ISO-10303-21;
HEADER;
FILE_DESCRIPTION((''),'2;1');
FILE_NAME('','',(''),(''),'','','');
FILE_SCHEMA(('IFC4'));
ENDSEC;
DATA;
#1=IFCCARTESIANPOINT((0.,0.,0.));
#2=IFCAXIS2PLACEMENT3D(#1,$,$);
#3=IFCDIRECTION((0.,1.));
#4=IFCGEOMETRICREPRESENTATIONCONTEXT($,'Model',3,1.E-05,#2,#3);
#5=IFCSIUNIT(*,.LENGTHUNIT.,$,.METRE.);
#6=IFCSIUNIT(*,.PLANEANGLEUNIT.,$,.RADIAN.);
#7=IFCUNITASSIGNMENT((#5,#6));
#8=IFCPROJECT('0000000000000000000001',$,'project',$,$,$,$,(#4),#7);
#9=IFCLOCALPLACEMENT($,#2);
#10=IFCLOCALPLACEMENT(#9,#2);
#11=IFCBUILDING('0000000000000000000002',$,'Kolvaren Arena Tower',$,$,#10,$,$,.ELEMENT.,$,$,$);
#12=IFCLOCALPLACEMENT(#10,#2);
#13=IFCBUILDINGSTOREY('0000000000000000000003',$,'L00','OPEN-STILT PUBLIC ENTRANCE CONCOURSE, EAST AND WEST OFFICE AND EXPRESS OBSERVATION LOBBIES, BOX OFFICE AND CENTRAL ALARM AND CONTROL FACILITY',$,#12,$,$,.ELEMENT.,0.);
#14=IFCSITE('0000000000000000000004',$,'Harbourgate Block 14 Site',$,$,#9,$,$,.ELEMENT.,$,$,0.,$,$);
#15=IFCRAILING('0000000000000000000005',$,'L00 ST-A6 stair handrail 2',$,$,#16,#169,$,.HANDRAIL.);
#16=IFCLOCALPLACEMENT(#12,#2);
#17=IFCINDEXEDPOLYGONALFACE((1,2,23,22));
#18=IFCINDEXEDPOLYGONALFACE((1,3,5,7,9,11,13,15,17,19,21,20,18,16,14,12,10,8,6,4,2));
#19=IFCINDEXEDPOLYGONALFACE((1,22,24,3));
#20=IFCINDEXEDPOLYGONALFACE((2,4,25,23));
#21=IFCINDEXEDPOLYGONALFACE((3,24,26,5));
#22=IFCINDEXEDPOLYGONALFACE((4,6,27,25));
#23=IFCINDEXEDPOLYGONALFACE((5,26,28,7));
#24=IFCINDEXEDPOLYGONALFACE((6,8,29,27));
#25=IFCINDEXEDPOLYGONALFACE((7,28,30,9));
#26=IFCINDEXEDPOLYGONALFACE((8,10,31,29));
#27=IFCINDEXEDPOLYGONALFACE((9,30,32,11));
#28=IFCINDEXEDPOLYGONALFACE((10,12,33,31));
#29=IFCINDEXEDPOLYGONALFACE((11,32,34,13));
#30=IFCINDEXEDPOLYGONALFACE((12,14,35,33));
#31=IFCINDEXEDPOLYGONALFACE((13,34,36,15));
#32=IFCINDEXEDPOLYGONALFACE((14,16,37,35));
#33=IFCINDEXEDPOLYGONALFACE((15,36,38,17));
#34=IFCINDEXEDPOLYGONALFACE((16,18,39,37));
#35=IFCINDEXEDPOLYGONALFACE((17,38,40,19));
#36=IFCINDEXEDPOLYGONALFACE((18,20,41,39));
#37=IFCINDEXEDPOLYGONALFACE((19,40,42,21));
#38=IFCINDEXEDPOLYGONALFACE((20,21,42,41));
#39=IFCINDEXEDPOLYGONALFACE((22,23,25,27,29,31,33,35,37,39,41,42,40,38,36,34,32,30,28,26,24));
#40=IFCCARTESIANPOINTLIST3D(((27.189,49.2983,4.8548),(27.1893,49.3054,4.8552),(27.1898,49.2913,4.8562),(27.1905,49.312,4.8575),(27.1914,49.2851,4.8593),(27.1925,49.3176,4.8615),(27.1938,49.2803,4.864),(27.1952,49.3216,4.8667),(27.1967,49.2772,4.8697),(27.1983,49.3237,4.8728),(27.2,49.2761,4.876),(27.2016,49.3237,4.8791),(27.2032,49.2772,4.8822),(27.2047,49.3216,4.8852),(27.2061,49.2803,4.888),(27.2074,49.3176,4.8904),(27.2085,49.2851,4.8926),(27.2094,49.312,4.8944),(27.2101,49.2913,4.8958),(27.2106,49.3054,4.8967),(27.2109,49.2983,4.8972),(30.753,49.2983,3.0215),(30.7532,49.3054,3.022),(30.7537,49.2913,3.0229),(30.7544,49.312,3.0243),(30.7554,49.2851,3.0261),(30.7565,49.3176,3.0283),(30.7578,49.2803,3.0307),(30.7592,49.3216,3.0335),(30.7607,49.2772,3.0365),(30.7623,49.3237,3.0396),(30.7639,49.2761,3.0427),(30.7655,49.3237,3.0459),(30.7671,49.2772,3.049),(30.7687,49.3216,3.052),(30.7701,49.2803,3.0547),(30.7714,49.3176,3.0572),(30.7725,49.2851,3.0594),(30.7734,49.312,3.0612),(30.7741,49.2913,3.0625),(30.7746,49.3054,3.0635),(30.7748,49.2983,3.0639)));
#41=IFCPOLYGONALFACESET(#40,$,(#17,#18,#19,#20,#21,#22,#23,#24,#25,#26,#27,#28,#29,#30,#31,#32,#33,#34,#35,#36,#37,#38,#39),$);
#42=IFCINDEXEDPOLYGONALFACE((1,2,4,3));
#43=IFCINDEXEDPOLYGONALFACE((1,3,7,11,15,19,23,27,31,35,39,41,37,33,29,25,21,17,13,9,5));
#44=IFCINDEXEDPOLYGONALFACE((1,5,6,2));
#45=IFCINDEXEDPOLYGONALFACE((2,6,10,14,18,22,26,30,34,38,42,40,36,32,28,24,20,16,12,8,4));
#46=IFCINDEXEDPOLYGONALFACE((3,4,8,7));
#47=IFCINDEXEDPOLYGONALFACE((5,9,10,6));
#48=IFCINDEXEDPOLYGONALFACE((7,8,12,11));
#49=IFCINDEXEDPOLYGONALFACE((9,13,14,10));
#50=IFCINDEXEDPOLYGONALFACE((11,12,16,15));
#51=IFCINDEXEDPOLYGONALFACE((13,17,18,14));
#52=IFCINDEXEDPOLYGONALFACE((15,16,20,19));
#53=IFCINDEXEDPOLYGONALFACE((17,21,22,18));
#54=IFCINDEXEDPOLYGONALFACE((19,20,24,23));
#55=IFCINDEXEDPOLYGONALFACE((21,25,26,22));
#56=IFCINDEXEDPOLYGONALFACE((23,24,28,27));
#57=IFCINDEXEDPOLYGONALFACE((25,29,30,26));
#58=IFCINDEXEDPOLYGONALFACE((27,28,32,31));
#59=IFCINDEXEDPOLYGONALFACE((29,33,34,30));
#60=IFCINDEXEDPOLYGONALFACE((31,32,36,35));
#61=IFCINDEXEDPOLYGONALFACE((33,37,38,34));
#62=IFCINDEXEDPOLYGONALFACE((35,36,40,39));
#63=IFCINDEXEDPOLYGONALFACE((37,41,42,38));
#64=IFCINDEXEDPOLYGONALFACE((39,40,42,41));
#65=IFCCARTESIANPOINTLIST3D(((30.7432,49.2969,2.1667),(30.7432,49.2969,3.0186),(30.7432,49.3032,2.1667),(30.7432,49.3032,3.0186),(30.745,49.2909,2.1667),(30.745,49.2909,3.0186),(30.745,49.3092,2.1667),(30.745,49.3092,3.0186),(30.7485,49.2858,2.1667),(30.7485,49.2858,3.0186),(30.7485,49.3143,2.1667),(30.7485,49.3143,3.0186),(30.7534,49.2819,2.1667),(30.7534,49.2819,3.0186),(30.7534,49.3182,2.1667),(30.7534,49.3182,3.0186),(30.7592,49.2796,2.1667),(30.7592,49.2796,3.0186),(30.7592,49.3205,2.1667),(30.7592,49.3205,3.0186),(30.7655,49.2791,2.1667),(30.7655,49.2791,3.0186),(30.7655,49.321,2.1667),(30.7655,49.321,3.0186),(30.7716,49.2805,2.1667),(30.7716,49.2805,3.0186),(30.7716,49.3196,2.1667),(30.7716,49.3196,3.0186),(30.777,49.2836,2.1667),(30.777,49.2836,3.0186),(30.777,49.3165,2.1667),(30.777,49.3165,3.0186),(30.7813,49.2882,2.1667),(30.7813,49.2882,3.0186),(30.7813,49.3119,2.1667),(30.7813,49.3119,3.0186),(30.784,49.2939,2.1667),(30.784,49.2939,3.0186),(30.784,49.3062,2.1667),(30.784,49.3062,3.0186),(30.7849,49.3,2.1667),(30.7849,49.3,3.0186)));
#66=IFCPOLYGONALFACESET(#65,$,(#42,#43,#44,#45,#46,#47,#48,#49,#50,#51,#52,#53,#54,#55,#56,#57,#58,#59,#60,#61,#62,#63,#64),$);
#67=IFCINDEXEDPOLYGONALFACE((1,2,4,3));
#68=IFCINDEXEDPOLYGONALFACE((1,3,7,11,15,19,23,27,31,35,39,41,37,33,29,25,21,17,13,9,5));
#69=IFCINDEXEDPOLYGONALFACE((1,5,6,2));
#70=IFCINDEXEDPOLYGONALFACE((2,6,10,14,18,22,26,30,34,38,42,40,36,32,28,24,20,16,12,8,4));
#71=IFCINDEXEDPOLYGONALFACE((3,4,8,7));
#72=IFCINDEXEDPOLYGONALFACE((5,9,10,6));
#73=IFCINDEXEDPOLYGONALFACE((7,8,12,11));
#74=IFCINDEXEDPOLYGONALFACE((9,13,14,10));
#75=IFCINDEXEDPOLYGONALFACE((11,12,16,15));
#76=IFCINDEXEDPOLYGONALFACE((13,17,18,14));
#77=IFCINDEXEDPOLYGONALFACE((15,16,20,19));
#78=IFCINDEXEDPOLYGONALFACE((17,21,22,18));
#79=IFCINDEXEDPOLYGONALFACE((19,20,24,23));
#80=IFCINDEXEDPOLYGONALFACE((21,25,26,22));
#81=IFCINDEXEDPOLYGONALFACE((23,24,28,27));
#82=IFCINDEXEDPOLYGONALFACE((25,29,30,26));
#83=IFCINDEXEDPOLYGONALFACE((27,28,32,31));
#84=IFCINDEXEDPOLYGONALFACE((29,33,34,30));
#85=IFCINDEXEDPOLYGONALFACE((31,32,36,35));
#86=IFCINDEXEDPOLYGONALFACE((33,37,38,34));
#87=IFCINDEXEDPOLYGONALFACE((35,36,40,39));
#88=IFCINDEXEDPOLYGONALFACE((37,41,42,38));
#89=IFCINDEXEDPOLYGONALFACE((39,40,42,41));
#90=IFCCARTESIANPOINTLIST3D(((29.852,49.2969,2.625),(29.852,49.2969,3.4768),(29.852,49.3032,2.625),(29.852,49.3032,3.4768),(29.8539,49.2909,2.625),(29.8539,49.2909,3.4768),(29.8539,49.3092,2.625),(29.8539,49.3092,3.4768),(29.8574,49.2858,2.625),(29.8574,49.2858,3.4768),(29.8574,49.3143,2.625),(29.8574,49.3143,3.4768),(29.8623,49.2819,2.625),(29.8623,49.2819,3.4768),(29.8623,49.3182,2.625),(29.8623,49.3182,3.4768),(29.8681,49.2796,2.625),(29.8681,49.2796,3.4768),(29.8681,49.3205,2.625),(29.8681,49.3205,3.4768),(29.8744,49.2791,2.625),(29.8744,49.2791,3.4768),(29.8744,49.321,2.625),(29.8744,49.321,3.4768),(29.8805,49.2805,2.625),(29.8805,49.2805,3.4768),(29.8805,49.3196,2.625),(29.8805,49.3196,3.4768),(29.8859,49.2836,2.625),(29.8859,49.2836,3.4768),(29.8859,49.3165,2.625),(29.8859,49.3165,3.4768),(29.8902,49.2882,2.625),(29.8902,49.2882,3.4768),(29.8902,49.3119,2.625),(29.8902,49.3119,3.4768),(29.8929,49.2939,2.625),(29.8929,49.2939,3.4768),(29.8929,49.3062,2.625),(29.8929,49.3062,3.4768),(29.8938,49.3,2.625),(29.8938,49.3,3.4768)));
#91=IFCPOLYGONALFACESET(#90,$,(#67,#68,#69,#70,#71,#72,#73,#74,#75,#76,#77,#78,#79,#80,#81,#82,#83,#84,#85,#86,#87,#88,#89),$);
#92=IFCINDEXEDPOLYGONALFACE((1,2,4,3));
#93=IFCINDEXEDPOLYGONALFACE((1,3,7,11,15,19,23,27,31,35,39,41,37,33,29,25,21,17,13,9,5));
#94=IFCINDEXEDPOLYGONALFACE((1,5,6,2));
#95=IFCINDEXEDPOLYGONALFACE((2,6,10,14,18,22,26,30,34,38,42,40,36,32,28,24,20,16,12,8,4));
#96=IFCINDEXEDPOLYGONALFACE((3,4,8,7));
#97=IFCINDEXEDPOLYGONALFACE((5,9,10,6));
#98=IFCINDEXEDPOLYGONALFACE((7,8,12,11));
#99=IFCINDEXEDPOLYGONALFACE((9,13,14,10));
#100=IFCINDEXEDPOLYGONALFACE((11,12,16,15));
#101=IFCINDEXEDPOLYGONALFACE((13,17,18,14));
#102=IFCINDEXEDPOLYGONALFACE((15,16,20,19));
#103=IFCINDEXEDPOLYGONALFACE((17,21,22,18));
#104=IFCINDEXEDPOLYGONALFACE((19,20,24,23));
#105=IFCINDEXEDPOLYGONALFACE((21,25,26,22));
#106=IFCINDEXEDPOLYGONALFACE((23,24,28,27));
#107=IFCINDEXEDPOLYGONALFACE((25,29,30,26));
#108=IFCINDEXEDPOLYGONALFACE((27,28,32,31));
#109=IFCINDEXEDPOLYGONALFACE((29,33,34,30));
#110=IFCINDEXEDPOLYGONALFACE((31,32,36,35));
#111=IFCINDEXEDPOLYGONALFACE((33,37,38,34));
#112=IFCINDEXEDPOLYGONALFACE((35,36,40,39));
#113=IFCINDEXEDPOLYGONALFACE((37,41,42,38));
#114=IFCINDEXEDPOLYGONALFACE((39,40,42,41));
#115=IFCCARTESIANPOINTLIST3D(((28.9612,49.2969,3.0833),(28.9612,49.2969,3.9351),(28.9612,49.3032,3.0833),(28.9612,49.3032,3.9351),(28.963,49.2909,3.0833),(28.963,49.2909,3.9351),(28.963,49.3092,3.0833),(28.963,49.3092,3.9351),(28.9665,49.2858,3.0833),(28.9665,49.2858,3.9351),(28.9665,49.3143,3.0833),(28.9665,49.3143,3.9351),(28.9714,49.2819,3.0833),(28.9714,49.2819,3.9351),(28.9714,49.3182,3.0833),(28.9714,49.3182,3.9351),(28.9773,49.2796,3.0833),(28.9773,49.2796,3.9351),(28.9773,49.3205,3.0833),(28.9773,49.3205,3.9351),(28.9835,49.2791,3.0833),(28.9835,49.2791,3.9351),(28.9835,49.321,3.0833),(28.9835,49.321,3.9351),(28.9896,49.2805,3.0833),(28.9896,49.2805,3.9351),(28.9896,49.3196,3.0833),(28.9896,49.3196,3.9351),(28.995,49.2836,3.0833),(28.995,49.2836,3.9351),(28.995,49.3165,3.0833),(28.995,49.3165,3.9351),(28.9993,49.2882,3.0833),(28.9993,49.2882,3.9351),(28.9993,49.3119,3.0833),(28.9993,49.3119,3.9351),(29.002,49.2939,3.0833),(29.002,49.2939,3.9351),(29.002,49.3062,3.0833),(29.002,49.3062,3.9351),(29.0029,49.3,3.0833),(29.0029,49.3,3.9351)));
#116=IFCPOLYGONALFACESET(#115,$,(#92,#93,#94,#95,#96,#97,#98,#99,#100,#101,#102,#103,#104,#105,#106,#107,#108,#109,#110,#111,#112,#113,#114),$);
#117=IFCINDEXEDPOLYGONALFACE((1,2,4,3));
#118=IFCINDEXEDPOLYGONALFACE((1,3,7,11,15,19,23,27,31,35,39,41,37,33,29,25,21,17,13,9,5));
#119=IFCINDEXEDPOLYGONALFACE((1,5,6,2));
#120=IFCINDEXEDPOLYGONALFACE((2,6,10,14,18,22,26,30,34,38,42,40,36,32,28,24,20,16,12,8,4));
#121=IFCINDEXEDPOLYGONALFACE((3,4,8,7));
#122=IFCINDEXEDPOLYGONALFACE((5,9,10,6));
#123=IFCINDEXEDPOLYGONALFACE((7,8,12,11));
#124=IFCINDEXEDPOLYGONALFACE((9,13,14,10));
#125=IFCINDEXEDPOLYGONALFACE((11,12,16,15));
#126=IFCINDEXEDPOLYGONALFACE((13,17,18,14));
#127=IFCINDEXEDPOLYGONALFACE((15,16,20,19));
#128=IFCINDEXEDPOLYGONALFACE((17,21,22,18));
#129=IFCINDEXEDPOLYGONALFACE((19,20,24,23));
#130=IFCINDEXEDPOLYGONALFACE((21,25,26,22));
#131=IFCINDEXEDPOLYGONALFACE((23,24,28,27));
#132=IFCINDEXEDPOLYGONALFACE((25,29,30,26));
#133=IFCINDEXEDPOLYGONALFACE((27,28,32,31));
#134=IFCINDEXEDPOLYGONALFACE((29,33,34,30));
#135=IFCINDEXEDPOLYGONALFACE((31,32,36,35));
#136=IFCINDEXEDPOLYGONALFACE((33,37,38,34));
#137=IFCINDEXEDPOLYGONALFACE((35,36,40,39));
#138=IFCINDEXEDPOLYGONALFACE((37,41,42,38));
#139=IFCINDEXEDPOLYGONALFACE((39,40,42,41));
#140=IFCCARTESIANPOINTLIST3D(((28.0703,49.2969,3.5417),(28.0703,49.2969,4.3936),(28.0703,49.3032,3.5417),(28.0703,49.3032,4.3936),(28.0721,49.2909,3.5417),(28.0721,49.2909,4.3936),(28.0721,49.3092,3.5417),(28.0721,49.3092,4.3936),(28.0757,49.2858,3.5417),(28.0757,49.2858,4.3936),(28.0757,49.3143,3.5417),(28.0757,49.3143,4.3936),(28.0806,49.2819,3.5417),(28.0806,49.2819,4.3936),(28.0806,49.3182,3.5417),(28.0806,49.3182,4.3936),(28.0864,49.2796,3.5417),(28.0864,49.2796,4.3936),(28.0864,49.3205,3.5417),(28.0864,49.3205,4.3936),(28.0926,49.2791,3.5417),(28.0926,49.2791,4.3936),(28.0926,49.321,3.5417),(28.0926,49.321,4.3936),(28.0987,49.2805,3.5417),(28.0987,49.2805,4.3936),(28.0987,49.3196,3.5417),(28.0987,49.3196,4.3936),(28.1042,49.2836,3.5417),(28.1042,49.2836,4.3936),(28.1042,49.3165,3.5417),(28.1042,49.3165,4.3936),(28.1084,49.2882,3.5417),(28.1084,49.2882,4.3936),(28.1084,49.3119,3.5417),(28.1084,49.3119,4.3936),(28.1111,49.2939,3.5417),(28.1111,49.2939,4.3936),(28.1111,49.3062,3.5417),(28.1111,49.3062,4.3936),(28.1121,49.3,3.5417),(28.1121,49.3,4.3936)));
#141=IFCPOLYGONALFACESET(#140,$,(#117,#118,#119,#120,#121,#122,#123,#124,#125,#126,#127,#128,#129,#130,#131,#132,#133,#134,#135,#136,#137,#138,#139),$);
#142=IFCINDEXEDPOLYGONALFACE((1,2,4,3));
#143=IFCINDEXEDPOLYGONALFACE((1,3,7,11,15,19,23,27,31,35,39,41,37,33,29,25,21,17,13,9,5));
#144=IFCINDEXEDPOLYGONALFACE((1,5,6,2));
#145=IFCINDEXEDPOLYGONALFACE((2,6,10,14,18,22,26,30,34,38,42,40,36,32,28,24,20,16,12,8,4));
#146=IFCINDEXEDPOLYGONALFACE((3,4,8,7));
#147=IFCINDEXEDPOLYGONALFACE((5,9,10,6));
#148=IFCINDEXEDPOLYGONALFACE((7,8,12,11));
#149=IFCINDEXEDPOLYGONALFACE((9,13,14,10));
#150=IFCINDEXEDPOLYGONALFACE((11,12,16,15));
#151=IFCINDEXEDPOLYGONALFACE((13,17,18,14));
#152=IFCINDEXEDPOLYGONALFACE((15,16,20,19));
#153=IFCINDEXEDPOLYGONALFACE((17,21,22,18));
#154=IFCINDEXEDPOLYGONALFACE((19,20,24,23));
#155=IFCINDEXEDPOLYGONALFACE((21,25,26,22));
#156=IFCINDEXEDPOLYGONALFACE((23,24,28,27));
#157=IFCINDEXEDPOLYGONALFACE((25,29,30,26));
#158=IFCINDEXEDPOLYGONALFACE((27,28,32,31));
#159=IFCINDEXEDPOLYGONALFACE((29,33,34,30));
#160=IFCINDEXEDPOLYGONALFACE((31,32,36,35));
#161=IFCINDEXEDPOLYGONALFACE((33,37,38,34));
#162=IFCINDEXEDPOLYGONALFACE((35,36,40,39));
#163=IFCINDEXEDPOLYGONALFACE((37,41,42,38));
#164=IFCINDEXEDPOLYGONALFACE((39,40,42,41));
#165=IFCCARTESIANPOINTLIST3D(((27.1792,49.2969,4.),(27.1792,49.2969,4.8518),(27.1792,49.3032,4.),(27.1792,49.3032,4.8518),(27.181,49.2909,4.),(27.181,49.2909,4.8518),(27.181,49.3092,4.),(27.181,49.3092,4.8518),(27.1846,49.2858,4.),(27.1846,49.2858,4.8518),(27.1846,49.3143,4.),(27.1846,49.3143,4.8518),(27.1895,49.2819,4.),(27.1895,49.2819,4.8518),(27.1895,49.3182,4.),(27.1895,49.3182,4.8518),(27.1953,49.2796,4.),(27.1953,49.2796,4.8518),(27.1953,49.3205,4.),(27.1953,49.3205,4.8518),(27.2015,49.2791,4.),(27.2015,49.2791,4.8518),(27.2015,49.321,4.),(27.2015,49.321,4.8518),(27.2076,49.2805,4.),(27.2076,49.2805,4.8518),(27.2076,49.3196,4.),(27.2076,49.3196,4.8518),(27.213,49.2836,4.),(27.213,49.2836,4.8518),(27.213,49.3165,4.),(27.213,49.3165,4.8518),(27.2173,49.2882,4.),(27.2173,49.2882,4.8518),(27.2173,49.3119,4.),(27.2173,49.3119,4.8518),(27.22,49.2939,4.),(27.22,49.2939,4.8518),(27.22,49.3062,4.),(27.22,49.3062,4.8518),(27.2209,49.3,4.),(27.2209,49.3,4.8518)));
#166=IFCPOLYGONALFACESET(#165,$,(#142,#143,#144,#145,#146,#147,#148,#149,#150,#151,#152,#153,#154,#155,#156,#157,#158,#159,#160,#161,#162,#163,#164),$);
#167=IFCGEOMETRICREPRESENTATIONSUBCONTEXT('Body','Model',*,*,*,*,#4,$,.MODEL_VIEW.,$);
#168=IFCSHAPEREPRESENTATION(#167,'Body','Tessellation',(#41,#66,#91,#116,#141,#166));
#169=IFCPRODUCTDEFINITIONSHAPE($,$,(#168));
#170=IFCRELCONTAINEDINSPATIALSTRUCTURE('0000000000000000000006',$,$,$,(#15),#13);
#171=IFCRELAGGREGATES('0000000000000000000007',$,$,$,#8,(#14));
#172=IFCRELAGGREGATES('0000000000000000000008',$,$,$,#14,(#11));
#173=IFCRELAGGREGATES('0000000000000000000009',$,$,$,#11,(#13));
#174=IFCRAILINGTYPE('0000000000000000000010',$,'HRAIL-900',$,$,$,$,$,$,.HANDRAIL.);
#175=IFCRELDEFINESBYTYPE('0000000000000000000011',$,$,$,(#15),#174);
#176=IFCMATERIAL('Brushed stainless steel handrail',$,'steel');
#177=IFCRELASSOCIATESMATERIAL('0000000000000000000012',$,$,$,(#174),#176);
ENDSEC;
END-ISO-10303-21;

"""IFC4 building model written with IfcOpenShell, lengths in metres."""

from ifc_helpers import new_model, si_unit, direction, frame, origin, origin_2d, place, context, subcontext, project, spatial, circle, extrude, material, type_object, element, save


model = new_model("IFC4")

# Units and contexts
model_context = context("Model", 3, precision=1e-05, world=origin(), true_north=direction((0.0, 1.0)))
body_context = subcontext(model_context, "Body", "Model", "MODEL_VIEW")
ifc_project = project(units=[si_unit("LENGTHUNIT", "METRE"), si_unit("PLANEANGLEUNIT", "RADIAN")], contexts=[model_context])

# Site, building, storey
site_placement = place(None, origin())
site = spatial("IfcSite", under=ifc_project, at=site_placement, Name="Harbourgate Block 14 Site", CompositionType="ELEMENT", RefElevation=0.0)
building_placement = place(site_placement, origin())
building = spatial("IfcBuilding", under=site, at=building_placement, Name="Kolvaren Arena Tower", CompositionType="ELEMENT")
storey_placement = place(building_placement, origin())
storey = spatial("IfcBuildingStorey", under=building, at=storey_placement, Name="L00", Description="OPEN-STILT PUBLIC ENTRANCE CONCOURSE, EAST AND WEST OFFICE AND EXPRESS OBSERVATION LOBBIES, BOX OFFICE AND CENTRAL ALARM AND CONTROL FACILITY", CompositionType="ELEMENT", Elevation=0.0)

# Railing
ifc_material_1 = material(Name="Brushed stainless steel handrail", Category="steel")
railing_type_1 = type_object("IfcRailingType", Name="HRAIL-900", PredefinedType="HANDRAIL", material=ifc_material_1)
railing_1_placement = place(storey_placement, frame((30.7639, 49.3, 2.1667)))
element("IfcRailing", 1, at=railing_1_placement, inside=storey, type_object=railing_type_1, Name="L00 ST-A6 stair handrail 2", PredefinedType="HANDRAIL", context=body_context, shape_type="SweptSolid", body=[
    extrude(circle(Radius=0.0239, at=origin_2d()), frame((0.0, 0.0, 0.876), z_axis=(-0.889252, 0.0, 0.457418), x_axis=(0.0, -1.0, 0.0)), (0.0, 0.0, 1.0), 4.0078),
    extrude(circle(Radius=0.021, at=origin_2d()), origin(), (0.0, 0.0, 1.0), 0.8518),
    extrude(circle(Radius=0.021, at=origin_2d()), frame((-0.8911, 0.0, 0.4583)), (0.0, 0.0, 1.0), 0.8518),
    extrude(circle(Radius=0.021, at=origin_2d()), frame((-1.782, 0.0, 0.9165)), (0.0, 0.0, 1.0), 0.8518),
    extrude(circle(Radius=0.021, at=origin_2d()), frame((-2.6729, 0.0, 1.375)), (0.0, 0.0, 1.0), 0.8518),
    extrude(circle(Radius=0.021, at=origin_2d()), frame((-3.564, 0.0, 1.8333)), (0.0, 0.0, 1.0), 0.8518),
])

save(model, "model.ifc")
